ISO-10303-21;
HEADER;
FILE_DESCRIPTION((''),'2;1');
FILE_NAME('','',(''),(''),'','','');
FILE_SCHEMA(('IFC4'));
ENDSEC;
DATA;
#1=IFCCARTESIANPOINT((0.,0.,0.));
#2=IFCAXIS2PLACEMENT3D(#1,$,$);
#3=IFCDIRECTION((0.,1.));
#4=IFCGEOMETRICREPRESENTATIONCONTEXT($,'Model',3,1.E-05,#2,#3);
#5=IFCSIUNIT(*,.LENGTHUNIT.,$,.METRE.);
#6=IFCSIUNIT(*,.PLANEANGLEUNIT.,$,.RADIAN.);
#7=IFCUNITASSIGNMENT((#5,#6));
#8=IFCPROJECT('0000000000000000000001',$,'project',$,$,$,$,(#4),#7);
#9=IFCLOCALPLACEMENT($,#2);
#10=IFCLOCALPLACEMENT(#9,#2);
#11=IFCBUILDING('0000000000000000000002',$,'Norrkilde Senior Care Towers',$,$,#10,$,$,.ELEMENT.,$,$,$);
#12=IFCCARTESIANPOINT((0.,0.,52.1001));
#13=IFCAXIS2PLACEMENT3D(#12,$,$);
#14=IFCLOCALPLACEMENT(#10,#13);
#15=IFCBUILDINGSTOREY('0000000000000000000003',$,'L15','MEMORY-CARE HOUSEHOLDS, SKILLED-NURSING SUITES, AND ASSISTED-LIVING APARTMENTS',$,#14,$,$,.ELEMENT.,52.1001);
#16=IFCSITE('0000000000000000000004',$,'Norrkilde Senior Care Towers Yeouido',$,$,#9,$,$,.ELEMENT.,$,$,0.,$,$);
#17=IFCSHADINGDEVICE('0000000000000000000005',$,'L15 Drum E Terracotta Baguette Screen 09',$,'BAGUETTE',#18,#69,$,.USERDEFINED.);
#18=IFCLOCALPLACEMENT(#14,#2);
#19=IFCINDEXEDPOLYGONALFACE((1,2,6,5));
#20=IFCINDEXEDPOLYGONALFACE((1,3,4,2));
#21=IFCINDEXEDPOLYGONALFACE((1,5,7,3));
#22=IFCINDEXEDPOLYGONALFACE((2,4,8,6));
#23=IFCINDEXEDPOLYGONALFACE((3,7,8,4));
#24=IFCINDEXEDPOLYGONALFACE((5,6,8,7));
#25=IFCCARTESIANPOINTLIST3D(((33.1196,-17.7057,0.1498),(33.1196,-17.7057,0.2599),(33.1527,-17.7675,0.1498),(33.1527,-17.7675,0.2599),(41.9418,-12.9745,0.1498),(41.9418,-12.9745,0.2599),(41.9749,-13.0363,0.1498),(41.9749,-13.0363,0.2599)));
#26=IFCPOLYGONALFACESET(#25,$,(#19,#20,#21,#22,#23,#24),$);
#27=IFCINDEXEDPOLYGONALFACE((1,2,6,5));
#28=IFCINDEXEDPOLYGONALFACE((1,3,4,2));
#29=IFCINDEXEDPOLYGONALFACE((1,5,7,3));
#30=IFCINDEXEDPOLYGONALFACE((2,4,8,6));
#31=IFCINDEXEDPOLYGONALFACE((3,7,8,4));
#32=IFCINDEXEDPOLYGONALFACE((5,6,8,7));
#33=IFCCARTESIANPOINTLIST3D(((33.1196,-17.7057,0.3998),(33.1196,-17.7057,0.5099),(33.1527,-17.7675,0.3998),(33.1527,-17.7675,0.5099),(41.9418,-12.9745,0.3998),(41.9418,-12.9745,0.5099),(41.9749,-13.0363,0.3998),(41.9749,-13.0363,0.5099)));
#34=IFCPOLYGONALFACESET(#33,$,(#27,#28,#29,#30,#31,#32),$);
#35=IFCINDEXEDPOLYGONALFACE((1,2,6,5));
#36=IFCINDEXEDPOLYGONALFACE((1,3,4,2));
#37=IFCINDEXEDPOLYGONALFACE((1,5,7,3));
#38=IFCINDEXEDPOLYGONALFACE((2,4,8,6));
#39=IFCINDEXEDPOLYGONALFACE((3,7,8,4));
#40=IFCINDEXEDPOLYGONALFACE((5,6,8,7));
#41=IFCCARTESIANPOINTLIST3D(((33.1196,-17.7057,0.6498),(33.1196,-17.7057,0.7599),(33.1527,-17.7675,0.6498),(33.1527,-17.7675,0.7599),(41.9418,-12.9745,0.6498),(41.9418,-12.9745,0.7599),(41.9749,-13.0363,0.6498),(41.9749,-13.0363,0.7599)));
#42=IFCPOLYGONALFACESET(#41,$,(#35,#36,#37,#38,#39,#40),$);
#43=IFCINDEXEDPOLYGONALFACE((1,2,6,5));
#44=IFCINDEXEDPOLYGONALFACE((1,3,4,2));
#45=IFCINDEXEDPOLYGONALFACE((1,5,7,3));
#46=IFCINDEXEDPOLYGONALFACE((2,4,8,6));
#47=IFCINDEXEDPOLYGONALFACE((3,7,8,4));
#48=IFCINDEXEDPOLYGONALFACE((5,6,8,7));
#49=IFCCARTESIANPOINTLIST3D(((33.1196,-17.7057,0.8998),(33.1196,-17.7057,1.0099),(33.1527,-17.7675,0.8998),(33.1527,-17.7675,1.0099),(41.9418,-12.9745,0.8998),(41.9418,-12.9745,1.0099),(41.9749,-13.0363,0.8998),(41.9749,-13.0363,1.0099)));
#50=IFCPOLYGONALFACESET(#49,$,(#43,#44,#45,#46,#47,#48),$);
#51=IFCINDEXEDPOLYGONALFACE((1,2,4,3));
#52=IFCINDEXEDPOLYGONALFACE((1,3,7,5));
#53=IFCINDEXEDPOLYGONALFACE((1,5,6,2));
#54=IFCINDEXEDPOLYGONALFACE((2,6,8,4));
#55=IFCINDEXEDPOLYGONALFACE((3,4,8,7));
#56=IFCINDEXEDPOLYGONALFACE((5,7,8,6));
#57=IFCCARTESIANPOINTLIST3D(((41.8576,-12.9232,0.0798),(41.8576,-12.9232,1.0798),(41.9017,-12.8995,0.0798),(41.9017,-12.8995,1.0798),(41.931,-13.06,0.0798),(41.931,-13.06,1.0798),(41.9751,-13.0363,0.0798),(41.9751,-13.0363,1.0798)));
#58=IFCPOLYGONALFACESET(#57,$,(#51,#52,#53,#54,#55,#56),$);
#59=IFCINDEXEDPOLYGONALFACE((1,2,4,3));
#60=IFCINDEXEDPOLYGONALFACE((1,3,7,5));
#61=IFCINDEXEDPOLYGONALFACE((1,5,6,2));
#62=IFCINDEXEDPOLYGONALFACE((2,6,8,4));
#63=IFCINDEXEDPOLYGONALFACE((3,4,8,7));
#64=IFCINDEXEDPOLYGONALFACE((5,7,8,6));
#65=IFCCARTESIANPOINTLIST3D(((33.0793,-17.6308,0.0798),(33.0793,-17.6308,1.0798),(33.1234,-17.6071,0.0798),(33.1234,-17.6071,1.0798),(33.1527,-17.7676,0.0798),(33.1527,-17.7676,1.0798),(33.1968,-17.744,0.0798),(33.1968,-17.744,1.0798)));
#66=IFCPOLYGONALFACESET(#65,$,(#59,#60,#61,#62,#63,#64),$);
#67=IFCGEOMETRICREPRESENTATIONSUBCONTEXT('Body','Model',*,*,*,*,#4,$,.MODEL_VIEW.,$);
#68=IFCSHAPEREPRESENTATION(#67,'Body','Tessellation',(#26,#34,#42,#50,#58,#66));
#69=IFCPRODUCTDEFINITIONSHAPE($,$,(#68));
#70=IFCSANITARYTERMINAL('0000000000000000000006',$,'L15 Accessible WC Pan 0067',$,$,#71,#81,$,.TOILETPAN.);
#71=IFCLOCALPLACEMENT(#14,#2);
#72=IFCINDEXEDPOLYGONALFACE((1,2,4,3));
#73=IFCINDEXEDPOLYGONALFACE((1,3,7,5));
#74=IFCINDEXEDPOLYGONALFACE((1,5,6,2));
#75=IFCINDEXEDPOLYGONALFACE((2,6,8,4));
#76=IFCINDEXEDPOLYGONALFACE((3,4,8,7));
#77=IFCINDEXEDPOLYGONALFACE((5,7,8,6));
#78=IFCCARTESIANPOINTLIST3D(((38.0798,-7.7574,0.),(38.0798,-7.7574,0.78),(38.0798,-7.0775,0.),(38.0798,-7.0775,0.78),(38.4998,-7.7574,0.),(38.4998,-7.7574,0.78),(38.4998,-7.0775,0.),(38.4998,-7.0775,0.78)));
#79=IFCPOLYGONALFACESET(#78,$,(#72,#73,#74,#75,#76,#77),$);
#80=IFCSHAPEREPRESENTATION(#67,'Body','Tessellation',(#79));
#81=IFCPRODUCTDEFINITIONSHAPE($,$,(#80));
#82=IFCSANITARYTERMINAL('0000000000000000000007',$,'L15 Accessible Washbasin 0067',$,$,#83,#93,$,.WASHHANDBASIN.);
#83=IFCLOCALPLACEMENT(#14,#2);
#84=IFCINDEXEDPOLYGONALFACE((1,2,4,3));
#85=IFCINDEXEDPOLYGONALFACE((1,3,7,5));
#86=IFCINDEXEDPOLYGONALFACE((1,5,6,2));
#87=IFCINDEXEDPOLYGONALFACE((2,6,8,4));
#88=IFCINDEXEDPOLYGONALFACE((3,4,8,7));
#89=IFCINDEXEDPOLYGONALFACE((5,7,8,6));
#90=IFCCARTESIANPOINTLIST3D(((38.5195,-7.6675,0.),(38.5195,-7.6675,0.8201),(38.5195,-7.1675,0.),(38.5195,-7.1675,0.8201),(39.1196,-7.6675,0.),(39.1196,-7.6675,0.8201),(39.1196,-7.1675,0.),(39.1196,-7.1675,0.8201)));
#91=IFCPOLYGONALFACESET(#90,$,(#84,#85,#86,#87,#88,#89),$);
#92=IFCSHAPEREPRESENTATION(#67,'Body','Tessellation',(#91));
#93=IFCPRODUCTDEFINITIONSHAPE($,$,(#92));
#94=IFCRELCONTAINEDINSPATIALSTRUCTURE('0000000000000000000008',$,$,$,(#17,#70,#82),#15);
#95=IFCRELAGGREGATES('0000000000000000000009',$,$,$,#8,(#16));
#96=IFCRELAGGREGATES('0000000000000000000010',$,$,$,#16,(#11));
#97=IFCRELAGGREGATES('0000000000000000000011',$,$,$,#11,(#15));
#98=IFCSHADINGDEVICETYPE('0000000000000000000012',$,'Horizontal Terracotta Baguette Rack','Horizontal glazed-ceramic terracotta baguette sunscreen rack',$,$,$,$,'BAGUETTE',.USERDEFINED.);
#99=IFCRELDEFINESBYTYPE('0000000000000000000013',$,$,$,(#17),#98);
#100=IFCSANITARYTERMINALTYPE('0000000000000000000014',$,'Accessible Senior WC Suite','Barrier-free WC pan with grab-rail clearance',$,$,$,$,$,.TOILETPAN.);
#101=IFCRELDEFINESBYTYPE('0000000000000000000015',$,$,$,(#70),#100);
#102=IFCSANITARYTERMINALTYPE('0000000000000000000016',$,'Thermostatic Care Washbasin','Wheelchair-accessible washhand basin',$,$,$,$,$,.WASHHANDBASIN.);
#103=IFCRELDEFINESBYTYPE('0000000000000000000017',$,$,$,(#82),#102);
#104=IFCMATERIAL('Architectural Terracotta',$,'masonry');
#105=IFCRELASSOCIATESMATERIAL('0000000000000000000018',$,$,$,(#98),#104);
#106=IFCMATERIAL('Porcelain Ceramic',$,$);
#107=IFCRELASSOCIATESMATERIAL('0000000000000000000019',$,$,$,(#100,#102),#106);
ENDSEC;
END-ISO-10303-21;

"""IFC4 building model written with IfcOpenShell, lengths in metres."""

from ifc_helpers import new_model, si_unit, direction, frame, origin, origin_2d, place, context, subcontext, project, spatial, rectangle, extrude, source, transform, mapped, material, type_object, type_shapes, element, save


model = new_model("IFC4")

# Units and contexts
model_context = context("Model", 3, precision=1e-05, world=origin(), true_north=direction((0.0, 1.0)))
body_context = subcontext(model_context, "Body", "Model", "MODEL_VIEW")
ifc_project = project(units=[si_unit("LENGTHUNIT", "METRE"), si_unit("PLANEANGLEUNIT", "RADIAN")], contexts=[model_context])

# Site, building, storey
site_placement = place(None, origin())
site = spatial("IfcSite", under=ifc_project, at=site_placement, Name="Norrkilde Senior Care Towers Yeouido", CompositionType="ELEMENT", RefElevation=0.0)
building_placement = place(site_placement, origin())
building = spatial("IfcBuilding", under=site, at=building_placement, Name="Norrkilde Senior Care Towers", CompositionType="ELEMENT")
storey_placement = place(building_placement, frame((0.0, 0.0, 52.1001)))
storey = spatial("IfcBuildingStorey", under=building, at=storey_placement, Name="L15", Description="MEMORY-CARE HOUSEHOLDS, SKILLED-NURSING SUITES, AND ASSISTED-LIVING APARTMENTS", CompositionType="ELEMENT", Elevation=52.1001)

# Shading device
ifc_material_1 = material(Name="Architectural Terracotta", Category="masonry")
shading_device_type = type_object("IfcShadingDeviceType", Name="Horizontal Terracotta Baguette Rack", Description="Horizontal glazed-ceramic terracotta baguette sunscreen rack", ElementType="BAGUETTE", PredefinedType="USERDEFINED", material=ifc_material_1)
shared_shape_1 = source(origin(), body_context, "Body", "SweptSolid", [
    extrude(rectangle(XDim=0.0701, YDim=0.1101, at=origin_2d()), frame((0.0, 0.0901, 0.125), z_axis=(1.0, 0.0, 0.0), x_axis=(0.0, 1.0, 0.0)), (0.0, 0.0, 1.0), 10.0107),
    extrude(rectangle(XDim=0.0701, YDim=0.1101, at=origin_2d()), frame((0.0, 0.0901, 0.375), z_axis=(1.0, 0.0, 0.0), x_axis=(0.0, 1.0, 0.0)), (0.0, 0.0, 1.0), 10.0107),
    extrude(rectangle(XDim=0.0701, YDim=0.1101, at=origin_2d()), frame((0.0, 0.0901, 0.625), z_axis=(1.0, 0.0, 0.0), x_axis=(0.0, 1.0, 0.0)), (0.0, 0.0, 1.0), 10.0107),
    extrude(rectangle(XDim=0.0701, YDim=0.1101, at=origin_2d()), frame((0.0, 0.0901, 0.875), z_axis=(1.0, 0.0, 0.0), x_axis=(0.0, 1.0, 0.0)), (0.0, 0.0, 1.0), 10.0107),
    extrude(rectangle(XDim=0.05, YDim=0.1553, at=origin_2d()), frame((0.0249, 0.0476, 0.0)), (0.0, 0.0, 1.0), 1.0),
    extrude(rectangle(XDim=0.05, YDim=0.1553, at=origin_2d()), frame((9.9858, 0.0476, 0.0)), (0.0, 0.0, 1.0), 1.0),
])
type_shapes(shading_device_type, [shared_shape_1])
shading_device_placement = place(storey_placement, frame((41.9158, -12.926, 0.0798), z_axis=(0.0, 0.0, 1.0), x_axis=(-0.88128, -0.472612, 0.0)))
element("IfcShadingDevice", 1, at=shading_device_placement, inside=storey, type_object=shading_device_type, Name="L15 Drum E Terracotta Baguette Screen 09", ObjectType="BAGUETTE", PredefinedType="USERDEFINED", context=body_context, shape_type="MappedRepresentation", body=[
    mapped(shared_shape_1, transform((0.0, 0.0, 0.0), x_axis=(1.0, 0.0, 0.0), y_axis=(0.0, 1.0, 0.0), z_axis=(0.0, 0.0, 1.0), scale=1.0)),
])

# Sanitary terminals
ifc_material_2 = material(Name="Porcelain Ceramic")
sanitary_terminal_type_1 = type_object("IfcSanitaryTerminalType", Name="Accessible Senior WC Suite", Description="Barrier-free WC pan with grab-rail clearance", PredefinedType="TOILETPAN", material=ifc_material_2)
shared_shape_2 = source(origin(), body_context, "Body", "SweptSolid", [
    extrude(rectangle(XDim=0.4199, YDim=0.6799, at=origin_2d()), origin(), (0.0, 0.0, 1.0), 0.78),
])
type_shapes(sanitary_terminal_type_1, [shared_shape_2])
sanitary_terminal_1_placement = place(storey_placement, frame((38.2898, -7.4175, 0.0), z_axis=(0.0, 0.0, 1.0), x_axis=(1.0, 0.0, 0.0)))
element("IfcSanitaryTerminal", 2, at=sanitary_terminal_1_placement, inside=storey, type_object=sanitary_terminal_type_1, Name="L15 Accessible WC Pan 0067", PredefinedType="TOILETPAN", context=body_context, shape_type="MappedRepresentation", body=[
    mapped(shared_shape_2, transform((0.0, 0.0, 0.0), x_axis=(1.0, 0.0, 0.0), y_axis=(0.0, 1.0, 0.0), z_axis=(0.0, 0.0, 1.0), scale=1.0)),
])
sanitary_terminal_type_2 = type_object("IfcSanitaryTerminalType", Name="Thermostatic Care Washbasin", Description="Wheelchair-accessible washhand basin", PredefinedType="WASHHANDBASIN", material=ifc_material_2)
shared_shape_3 = source(origin(), body_context, "Body", "SweptSolid", [
    extrude(rectangle(XDim=0.6001, YDim=0.5, at=origin_2d()), origin(), (0.0, 0.0, 1.0), 0.8201),
])
type_shapes(sanitary_terminal_type_2, [shared_shape_3])
sanitary_terminal_2_placement = place(storey_placement, frame((38.8196, -7.4175, 0.0), z_axis=(0.0, 0.0, 1.0), x_axis=(1.0, 0.0, 0.0)))
element("IfcSanitaryTerminal", 3, at=sanitary_terminal_2_placement, inside=storey, type_object=sanitary_terminal_type_2, Name="L15 Accessible Washbasin 0067", PredefinedType="WASHHANDBASIN", context=body_context, shape_type="MappedRepresentation", body=[
    mapped(shared_shape_3, transform((0.0, 0.0, 0.0), x_axis=(1.0, 0.0, 0.0), y_axis=(0.0, 1.0, 0.0), z_axis=(0.0, 0.0, 1.0), scale=1.0)),
])

save(model, "model.ifc")
